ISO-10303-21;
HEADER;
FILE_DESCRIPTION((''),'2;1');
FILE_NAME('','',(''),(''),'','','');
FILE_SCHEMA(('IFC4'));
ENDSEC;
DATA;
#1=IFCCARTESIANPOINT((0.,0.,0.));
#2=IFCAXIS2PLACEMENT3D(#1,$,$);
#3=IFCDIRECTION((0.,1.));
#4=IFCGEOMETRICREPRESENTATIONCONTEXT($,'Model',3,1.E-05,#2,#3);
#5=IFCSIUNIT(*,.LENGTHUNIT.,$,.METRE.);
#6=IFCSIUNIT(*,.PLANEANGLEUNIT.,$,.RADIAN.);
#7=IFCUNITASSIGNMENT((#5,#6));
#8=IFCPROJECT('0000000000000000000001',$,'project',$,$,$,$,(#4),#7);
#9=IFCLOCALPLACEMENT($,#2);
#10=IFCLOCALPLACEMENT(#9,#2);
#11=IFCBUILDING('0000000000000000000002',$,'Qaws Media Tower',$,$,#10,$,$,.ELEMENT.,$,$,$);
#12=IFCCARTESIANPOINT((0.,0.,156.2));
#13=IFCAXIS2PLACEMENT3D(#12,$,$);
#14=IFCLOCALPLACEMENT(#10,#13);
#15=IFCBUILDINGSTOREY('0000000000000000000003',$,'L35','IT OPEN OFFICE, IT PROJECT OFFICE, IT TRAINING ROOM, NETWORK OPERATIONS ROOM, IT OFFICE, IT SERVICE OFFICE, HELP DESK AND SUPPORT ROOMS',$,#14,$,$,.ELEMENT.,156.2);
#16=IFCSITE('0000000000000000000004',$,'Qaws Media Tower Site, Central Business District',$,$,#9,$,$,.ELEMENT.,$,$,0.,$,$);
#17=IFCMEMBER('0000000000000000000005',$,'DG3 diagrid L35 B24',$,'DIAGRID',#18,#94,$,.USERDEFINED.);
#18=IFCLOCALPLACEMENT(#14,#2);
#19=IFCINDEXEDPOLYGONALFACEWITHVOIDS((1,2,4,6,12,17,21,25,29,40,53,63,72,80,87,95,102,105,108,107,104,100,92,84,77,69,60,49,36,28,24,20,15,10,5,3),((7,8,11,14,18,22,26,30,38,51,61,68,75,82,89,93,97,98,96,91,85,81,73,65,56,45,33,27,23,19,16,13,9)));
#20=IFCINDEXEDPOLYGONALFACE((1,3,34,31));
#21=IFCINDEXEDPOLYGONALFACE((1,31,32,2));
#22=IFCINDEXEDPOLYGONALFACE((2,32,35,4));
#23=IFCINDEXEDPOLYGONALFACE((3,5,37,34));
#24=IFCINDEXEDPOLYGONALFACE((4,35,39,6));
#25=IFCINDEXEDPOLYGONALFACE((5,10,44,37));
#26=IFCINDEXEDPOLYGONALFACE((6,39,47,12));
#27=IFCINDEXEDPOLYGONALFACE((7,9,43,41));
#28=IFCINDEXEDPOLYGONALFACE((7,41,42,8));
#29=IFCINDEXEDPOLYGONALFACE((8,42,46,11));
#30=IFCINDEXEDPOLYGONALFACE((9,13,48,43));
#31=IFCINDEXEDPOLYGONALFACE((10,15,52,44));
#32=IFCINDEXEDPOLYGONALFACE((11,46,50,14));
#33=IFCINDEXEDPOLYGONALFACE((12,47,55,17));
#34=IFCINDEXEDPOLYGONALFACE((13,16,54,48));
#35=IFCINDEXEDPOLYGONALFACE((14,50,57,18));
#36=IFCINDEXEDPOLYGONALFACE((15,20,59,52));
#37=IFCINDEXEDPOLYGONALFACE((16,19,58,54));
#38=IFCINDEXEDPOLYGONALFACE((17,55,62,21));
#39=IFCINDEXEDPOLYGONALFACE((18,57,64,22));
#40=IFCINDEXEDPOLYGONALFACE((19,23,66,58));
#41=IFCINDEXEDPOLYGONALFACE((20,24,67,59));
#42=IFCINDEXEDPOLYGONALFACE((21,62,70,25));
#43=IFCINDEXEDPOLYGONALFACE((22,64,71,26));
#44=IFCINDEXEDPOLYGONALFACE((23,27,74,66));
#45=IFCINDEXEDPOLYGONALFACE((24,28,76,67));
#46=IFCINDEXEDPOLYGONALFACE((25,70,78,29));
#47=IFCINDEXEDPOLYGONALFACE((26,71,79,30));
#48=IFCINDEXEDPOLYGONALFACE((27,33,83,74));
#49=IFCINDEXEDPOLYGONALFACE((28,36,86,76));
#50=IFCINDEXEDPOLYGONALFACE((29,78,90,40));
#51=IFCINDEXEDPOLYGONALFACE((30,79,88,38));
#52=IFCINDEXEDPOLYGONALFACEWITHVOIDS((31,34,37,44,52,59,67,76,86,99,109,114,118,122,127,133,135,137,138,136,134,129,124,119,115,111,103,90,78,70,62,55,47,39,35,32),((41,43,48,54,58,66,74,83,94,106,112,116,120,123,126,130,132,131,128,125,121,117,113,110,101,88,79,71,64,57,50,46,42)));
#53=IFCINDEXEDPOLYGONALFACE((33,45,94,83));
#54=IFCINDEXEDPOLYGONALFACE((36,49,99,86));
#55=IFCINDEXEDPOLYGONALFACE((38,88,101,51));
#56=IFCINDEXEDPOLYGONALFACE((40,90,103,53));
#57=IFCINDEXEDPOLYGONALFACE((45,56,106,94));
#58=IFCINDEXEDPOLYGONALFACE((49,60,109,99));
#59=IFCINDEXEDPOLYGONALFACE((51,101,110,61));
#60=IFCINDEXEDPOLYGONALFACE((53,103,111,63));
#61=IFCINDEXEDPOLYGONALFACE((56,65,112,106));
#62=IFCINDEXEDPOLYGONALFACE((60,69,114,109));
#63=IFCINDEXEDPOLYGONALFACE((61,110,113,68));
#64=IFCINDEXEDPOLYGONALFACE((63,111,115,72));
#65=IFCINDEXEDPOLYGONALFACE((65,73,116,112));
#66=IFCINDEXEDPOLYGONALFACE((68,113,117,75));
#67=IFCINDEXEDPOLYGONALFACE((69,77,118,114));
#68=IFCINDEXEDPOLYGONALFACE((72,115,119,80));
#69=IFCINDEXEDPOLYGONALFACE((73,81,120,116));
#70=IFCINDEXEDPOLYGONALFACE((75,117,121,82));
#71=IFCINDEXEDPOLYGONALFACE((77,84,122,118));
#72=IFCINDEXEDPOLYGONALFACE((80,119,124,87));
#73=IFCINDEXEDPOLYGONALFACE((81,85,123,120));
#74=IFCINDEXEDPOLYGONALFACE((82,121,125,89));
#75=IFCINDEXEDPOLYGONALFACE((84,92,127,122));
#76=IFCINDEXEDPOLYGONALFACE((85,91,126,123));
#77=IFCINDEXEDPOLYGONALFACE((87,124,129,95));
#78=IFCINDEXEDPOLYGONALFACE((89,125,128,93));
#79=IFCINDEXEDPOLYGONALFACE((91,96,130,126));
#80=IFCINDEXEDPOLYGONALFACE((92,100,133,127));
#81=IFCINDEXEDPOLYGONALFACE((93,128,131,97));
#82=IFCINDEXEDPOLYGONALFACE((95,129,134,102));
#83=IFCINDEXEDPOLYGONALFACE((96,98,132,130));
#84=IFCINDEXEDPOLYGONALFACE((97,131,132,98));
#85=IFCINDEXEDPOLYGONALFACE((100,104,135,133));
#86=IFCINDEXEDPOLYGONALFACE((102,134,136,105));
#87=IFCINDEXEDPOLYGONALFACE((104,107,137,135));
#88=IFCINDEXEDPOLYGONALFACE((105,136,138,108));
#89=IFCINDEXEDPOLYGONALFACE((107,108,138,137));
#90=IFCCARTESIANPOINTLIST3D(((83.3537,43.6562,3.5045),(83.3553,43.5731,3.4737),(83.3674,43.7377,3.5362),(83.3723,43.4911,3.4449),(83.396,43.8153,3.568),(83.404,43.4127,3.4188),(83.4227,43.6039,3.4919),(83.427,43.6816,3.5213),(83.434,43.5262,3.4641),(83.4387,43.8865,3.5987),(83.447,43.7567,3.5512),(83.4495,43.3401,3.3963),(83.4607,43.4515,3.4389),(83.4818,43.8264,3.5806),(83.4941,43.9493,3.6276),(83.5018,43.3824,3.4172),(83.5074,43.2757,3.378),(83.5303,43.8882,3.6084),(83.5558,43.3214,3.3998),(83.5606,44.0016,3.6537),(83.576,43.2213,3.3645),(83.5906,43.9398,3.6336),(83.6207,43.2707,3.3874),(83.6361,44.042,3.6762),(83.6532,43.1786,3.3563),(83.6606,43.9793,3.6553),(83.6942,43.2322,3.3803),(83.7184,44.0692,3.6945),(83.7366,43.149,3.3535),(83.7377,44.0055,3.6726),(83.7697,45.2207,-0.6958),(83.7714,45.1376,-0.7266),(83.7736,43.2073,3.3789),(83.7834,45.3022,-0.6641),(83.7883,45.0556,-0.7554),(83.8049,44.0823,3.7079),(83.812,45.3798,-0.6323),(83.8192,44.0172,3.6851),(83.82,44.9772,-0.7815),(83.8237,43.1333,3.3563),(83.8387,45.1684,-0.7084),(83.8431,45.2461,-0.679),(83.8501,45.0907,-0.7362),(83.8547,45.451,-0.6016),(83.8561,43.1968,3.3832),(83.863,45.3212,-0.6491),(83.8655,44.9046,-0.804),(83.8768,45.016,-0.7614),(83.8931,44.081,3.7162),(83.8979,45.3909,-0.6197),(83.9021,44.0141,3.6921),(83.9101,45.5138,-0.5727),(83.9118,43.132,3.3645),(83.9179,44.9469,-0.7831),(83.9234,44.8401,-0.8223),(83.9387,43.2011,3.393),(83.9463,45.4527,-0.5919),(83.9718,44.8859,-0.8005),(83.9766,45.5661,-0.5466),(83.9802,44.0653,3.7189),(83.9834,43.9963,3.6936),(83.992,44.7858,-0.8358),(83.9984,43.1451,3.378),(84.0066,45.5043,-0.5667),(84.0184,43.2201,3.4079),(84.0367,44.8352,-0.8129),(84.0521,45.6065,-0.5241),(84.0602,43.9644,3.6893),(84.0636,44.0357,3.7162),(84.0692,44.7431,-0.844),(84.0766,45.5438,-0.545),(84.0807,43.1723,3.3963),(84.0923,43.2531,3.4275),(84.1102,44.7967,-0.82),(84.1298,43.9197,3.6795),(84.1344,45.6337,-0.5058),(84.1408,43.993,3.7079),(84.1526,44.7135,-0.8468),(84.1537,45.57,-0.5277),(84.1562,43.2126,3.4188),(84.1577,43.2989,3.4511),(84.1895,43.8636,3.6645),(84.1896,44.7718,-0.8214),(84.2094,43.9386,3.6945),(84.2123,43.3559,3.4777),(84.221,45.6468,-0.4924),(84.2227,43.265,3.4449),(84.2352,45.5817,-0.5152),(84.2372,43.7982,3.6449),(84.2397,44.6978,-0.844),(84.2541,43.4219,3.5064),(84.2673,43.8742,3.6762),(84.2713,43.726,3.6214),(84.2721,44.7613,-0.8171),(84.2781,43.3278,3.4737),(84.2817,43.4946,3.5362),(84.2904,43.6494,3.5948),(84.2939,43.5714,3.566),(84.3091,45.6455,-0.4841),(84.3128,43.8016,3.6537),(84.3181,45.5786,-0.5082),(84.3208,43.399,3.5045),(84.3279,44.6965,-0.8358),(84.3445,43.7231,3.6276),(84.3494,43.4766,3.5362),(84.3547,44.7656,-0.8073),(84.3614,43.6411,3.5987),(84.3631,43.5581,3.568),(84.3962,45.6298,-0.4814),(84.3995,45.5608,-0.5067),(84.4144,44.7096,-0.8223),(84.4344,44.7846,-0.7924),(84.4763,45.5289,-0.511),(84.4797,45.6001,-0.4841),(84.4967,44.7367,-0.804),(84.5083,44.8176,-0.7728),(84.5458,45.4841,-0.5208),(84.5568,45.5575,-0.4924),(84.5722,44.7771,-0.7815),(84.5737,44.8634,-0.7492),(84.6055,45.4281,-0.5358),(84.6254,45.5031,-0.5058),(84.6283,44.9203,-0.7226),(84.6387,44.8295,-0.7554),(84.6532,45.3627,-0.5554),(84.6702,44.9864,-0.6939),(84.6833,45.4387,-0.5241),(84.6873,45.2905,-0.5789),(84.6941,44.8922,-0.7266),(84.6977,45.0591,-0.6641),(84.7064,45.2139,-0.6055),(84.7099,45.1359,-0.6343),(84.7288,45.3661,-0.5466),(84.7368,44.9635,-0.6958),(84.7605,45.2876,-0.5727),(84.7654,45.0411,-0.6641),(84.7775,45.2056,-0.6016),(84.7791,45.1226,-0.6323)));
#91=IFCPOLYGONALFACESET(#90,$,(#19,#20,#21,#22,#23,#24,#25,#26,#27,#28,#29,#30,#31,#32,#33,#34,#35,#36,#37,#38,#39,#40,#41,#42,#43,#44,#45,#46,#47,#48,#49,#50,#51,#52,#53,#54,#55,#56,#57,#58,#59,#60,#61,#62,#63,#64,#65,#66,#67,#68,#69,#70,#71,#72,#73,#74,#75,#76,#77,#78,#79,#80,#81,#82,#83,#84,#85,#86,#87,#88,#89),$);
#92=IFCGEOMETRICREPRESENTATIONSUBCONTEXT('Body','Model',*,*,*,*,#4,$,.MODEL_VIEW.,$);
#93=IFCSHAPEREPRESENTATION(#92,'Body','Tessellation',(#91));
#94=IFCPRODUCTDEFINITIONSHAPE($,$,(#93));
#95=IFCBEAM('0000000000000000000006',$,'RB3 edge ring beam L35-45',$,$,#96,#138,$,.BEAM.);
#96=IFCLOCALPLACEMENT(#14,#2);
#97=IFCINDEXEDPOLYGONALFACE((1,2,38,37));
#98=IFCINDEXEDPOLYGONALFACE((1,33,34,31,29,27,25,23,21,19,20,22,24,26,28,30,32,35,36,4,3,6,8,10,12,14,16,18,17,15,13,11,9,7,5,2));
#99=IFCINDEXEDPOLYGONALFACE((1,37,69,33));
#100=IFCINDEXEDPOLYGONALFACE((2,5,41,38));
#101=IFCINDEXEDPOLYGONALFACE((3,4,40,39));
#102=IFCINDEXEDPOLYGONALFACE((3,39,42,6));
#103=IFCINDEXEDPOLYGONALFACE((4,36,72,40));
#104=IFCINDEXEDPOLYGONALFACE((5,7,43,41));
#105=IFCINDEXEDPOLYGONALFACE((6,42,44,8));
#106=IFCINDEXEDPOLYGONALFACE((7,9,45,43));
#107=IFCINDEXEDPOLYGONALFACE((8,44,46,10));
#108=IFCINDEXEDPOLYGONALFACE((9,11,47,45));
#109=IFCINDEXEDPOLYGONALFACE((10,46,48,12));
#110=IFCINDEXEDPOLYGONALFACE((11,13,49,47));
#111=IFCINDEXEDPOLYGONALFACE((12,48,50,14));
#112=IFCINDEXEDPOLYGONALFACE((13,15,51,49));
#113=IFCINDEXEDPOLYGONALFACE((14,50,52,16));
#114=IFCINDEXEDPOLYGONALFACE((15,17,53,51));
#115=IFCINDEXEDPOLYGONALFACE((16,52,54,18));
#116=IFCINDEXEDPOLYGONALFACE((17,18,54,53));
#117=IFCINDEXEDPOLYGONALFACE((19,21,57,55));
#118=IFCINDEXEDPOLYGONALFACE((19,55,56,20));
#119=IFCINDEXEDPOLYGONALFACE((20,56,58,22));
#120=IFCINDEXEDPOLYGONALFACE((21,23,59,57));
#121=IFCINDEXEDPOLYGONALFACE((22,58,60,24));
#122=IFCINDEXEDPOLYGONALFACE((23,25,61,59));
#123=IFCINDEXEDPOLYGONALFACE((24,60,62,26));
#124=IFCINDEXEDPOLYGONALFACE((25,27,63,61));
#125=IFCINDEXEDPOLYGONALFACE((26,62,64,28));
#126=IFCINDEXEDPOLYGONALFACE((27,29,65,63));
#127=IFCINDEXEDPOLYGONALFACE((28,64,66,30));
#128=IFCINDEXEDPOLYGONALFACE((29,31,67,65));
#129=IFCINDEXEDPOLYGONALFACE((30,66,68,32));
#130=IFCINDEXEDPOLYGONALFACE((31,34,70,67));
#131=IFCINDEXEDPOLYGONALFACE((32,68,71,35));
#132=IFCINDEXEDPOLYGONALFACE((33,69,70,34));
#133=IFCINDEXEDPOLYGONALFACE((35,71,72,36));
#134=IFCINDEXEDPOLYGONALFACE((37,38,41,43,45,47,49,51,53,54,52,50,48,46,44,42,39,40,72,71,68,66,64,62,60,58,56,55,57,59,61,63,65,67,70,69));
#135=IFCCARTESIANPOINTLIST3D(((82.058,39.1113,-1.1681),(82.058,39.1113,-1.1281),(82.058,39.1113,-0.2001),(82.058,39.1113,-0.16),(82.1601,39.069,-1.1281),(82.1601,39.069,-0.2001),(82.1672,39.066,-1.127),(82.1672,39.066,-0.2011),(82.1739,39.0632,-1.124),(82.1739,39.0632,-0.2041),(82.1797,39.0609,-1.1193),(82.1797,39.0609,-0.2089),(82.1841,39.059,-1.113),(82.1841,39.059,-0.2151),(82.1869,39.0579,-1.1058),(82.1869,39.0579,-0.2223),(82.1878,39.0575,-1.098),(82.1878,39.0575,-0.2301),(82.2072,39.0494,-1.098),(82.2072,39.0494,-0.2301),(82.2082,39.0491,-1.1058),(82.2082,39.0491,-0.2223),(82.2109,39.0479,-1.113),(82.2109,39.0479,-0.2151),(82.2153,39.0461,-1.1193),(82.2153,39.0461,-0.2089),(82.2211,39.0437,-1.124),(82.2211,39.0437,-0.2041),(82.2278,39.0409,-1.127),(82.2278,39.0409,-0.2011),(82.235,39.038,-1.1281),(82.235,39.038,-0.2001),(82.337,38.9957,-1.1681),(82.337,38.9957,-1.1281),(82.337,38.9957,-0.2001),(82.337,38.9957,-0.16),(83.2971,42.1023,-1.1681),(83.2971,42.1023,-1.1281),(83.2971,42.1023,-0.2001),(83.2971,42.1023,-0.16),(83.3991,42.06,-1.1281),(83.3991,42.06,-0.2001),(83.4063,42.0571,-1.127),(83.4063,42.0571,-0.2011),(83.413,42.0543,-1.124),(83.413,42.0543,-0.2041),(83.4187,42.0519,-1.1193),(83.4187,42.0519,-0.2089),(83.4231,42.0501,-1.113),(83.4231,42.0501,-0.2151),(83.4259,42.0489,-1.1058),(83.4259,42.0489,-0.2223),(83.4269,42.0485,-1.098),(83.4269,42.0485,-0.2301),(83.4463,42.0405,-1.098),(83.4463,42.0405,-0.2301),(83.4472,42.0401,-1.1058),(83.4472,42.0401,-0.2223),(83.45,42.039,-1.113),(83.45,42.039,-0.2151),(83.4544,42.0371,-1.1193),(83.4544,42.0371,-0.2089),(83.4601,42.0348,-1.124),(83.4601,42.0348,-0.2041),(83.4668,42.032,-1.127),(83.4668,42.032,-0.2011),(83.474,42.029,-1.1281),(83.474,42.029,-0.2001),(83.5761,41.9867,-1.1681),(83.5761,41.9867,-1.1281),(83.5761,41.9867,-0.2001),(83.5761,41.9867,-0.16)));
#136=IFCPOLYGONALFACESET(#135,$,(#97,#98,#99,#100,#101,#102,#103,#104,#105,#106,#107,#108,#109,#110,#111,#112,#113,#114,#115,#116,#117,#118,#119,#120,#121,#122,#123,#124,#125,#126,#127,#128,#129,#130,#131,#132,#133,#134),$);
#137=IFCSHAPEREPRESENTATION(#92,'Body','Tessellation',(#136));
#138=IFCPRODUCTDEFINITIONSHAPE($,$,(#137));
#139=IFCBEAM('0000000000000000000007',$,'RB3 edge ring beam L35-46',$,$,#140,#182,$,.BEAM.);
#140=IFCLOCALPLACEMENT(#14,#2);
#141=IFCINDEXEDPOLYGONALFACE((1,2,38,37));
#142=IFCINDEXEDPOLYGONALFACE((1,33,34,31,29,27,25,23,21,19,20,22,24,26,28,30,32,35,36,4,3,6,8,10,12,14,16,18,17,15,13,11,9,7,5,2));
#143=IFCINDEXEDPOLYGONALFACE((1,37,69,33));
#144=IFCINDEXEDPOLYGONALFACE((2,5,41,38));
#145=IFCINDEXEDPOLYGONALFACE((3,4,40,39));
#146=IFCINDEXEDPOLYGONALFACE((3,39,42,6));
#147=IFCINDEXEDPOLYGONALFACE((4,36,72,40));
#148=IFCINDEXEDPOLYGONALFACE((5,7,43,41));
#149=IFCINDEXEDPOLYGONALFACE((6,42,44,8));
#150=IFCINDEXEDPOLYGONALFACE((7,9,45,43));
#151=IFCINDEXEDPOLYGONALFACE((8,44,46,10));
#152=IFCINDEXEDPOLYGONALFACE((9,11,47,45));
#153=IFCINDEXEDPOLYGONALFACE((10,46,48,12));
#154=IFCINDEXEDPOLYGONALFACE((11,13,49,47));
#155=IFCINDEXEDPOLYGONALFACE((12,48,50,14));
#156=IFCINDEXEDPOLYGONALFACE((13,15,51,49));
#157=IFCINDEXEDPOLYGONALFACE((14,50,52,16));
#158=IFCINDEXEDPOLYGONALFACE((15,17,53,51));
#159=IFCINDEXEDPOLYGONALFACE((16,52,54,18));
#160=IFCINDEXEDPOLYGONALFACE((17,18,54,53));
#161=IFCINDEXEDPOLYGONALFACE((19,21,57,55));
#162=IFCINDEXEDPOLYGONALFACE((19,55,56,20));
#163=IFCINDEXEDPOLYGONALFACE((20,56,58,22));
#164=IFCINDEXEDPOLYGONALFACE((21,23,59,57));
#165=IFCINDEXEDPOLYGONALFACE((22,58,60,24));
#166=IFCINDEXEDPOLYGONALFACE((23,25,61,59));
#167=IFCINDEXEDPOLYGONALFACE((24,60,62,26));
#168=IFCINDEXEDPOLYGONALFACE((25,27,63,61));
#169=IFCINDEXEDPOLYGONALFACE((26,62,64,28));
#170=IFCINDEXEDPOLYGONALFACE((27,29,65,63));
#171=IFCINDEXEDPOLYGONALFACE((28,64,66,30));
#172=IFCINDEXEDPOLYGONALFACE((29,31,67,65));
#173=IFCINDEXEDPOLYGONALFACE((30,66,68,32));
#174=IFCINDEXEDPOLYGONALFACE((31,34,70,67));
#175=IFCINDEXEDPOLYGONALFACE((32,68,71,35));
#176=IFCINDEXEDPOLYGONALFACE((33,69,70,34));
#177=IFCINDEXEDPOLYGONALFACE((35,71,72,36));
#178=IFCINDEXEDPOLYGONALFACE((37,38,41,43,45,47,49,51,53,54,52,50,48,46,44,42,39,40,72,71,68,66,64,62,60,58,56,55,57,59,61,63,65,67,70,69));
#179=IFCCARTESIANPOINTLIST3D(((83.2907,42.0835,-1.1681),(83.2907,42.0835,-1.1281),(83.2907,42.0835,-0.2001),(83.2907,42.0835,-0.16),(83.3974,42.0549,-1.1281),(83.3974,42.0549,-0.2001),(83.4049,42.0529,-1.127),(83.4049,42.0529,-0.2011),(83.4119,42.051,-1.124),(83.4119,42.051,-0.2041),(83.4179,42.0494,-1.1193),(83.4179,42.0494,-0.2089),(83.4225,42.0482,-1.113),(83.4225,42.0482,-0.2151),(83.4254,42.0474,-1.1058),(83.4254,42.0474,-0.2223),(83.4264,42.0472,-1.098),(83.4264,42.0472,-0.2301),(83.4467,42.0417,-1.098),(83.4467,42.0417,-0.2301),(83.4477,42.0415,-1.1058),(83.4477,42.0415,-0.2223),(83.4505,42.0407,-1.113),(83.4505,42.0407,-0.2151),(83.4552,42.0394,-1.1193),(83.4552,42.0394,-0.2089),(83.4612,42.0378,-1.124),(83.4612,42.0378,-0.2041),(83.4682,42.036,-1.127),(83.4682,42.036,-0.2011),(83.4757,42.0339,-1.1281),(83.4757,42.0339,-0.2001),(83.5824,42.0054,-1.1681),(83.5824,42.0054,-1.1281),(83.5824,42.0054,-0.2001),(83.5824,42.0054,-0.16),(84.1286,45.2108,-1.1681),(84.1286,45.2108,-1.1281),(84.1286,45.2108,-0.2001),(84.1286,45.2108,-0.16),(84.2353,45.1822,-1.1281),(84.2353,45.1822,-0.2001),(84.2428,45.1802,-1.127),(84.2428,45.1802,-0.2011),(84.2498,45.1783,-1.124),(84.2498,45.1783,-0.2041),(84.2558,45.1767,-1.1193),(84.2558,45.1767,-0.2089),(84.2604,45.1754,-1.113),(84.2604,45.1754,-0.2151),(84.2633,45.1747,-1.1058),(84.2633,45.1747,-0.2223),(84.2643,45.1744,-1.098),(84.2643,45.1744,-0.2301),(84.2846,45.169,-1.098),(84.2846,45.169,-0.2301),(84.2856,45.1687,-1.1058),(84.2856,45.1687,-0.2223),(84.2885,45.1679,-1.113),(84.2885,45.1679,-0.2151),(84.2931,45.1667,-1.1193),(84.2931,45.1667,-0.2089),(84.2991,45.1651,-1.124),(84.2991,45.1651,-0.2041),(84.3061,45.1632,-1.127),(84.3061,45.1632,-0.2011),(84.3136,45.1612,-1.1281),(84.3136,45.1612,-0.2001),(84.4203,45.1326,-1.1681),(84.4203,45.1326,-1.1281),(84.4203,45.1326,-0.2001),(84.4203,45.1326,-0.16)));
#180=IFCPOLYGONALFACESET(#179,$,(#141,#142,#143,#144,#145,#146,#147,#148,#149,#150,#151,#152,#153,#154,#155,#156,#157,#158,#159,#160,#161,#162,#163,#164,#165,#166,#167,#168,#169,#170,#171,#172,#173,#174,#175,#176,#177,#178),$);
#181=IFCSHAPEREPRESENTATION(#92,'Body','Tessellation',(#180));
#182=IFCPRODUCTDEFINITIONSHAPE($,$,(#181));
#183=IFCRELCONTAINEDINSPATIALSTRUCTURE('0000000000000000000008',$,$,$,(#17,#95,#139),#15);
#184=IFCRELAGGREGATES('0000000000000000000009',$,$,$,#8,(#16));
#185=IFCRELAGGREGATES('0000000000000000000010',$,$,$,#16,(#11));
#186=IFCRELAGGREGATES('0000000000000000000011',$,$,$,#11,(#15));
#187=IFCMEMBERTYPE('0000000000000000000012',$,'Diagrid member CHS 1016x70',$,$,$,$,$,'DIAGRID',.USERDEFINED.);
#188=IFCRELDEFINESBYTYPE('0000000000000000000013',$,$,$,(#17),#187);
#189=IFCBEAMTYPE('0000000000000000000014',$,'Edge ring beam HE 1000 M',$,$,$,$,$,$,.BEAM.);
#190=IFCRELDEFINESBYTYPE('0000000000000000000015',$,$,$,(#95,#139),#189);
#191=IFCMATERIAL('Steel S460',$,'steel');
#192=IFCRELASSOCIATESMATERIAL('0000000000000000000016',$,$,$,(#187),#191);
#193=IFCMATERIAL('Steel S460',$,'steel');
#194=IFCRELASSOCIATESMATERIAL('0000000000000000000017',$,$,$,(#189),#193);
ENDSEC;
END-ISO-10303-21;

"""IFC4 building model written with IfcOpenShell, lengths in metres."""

from ifc_helpers import new_model, si_unit, direction, frame, origin, origin_2d, place, context, subcontext, project, spatial, hollow_circle, i_section, extrude, material, material_profile, profile_set, type_object, element, save


model = new_model("IFC4")

# Units and contexts
model_context = context("Model", 3, precision=1e-05, world=origin(), true_north=direction((0.0, 1.0)))
body_context = subcontext(model_context, "Body", "Model", "MODEL_VIEW")
ifc_project = project(units=[si_unit("LENGTHUNIT", "METRE"), si_unit("PLANEANGLEUNIT", "RADIAN")], contexts=[model_context])

# Site, building, storey
site_placement = place(None, origin())
site = spatial("IfcSite", under=ifc_project, at=site_placement, Name="Qaws Media Tower Site, Central Business District", CompositionType="ELEMENT", RefElevation=0.0)
building_placement = place(site_placement, origin())
building = spatial("IfcBuilding", under=site, at=building_placement, Name="Qaws Media Tower", CompositionType="ELEMENT")
storey_placement = place(building_placement, frame((0.0, 0.0, 156.2)))
storey = spatial("IfcBuildingStorey", under=building, at=storey_placement, Name="L35", Description="IT OPEN OFFICE, IT PROJECT OFFICE, IT TRAINING ROOM, NETWORK OPERATIONS ROOM, IT OFFICE, IT SERVICE OFFICE, HELP DESK AND SUPPORT ROOMS", CompositionType="ELEMENT", Elevation=156.2)

# Member
ifc_material_1 = material(Name="Steel S460", Category="steel")
ifc_material_profile_1 = material_profile(ifc_material_1, hollow_circle(Radius=0.5081, WallThickness=0.0701, at=origin_2d()), Name="CHS 1016x70")
ifc_profile_set_1 = profile_set([ifc_material_profile_1], Name="Steel S460")
member_type_1 = type_object("IfcMemberType", Name="Diagrid member CHS 1016x70", ElementType="DIAGRID", PredefinedType="USERDEFINED", material=ifc_profile_set_1)
member_1_placement = place(storey_placement, frame((84.2744, 45.1716, -0.6641), z_axis=(-0.09242, -0.347551, 0.933095), x_axis=(0.966415, -0.256987, 0.0)))
element("IfcMember", 1, at=member_1_placement, inside=storey, type_object=member_type_1, Name="DG3 diagrid L35 B24", ObjectType="DIAGRID", PredefinedType="USERDEFINED", context=body_context, shape_type="SweptSolid", body=[
    extrude(hollow_circle(Radius=0.5081, WallThickness=0.0701, at=origin_2d()), origin(), (0.0, 0.0, 1.0), 4.5015),
])

# Beams
ifc_material_2 = material(Name="Steel S460", Category="steel")
ifc_material_profile_2 = material_profile(ifc_material_2, i_section(OverallWidth=0.302, OverallDepth=1.0081, WebThickness=0.021, FlangeThickness=0.04, FilletRadius=0.03, at=origin_2d()), Name="HE 1000 M")
ifc_profile_set_2 = profile_set([ifc_material_profile_2], Name="Steel S460")
beam_type_1 = type_object("IfcBeamType", Name="Edge ring beam HE 1000 M", PredefinedType="BEAM", material=ifc_profile_set_2)
for number, where, z_axis, x_axis, name in (
    (2, (82.1975, 39.0535, -0.6641), (0.382714, 0.923867, 0.0), (-0.923867, 0.382714, 0.0), "RB3 edge ring beam L35-45"),
    (3, (83.4365, 42.0444, -0.6641), (0.258808, 0.965929, 0.0), (-0.965929, 0.258808, 0.0), "RB3 edge ring beam L35-46"),
):
    element("IfcBeam", number, at=place(storey_placement, frame(where, z_axis=z_axis, x_axis=x_axis)), inside=storey, type_object=beam_type_1, Name=name, PredefinedType="BEAM", context=body_context, shape_type="SweptSolid", body=[
        extrude(i_section(OverallWidth=0.302, OverallDepth=1.0081, WebThickness=0.021, FlangeThickness=0.04, FilletRadius=0.03, at=origin_2d()), origin(), (0.0, 0.0, 1.0), 3.2375),
    ])

save(model, "model.ifc")
